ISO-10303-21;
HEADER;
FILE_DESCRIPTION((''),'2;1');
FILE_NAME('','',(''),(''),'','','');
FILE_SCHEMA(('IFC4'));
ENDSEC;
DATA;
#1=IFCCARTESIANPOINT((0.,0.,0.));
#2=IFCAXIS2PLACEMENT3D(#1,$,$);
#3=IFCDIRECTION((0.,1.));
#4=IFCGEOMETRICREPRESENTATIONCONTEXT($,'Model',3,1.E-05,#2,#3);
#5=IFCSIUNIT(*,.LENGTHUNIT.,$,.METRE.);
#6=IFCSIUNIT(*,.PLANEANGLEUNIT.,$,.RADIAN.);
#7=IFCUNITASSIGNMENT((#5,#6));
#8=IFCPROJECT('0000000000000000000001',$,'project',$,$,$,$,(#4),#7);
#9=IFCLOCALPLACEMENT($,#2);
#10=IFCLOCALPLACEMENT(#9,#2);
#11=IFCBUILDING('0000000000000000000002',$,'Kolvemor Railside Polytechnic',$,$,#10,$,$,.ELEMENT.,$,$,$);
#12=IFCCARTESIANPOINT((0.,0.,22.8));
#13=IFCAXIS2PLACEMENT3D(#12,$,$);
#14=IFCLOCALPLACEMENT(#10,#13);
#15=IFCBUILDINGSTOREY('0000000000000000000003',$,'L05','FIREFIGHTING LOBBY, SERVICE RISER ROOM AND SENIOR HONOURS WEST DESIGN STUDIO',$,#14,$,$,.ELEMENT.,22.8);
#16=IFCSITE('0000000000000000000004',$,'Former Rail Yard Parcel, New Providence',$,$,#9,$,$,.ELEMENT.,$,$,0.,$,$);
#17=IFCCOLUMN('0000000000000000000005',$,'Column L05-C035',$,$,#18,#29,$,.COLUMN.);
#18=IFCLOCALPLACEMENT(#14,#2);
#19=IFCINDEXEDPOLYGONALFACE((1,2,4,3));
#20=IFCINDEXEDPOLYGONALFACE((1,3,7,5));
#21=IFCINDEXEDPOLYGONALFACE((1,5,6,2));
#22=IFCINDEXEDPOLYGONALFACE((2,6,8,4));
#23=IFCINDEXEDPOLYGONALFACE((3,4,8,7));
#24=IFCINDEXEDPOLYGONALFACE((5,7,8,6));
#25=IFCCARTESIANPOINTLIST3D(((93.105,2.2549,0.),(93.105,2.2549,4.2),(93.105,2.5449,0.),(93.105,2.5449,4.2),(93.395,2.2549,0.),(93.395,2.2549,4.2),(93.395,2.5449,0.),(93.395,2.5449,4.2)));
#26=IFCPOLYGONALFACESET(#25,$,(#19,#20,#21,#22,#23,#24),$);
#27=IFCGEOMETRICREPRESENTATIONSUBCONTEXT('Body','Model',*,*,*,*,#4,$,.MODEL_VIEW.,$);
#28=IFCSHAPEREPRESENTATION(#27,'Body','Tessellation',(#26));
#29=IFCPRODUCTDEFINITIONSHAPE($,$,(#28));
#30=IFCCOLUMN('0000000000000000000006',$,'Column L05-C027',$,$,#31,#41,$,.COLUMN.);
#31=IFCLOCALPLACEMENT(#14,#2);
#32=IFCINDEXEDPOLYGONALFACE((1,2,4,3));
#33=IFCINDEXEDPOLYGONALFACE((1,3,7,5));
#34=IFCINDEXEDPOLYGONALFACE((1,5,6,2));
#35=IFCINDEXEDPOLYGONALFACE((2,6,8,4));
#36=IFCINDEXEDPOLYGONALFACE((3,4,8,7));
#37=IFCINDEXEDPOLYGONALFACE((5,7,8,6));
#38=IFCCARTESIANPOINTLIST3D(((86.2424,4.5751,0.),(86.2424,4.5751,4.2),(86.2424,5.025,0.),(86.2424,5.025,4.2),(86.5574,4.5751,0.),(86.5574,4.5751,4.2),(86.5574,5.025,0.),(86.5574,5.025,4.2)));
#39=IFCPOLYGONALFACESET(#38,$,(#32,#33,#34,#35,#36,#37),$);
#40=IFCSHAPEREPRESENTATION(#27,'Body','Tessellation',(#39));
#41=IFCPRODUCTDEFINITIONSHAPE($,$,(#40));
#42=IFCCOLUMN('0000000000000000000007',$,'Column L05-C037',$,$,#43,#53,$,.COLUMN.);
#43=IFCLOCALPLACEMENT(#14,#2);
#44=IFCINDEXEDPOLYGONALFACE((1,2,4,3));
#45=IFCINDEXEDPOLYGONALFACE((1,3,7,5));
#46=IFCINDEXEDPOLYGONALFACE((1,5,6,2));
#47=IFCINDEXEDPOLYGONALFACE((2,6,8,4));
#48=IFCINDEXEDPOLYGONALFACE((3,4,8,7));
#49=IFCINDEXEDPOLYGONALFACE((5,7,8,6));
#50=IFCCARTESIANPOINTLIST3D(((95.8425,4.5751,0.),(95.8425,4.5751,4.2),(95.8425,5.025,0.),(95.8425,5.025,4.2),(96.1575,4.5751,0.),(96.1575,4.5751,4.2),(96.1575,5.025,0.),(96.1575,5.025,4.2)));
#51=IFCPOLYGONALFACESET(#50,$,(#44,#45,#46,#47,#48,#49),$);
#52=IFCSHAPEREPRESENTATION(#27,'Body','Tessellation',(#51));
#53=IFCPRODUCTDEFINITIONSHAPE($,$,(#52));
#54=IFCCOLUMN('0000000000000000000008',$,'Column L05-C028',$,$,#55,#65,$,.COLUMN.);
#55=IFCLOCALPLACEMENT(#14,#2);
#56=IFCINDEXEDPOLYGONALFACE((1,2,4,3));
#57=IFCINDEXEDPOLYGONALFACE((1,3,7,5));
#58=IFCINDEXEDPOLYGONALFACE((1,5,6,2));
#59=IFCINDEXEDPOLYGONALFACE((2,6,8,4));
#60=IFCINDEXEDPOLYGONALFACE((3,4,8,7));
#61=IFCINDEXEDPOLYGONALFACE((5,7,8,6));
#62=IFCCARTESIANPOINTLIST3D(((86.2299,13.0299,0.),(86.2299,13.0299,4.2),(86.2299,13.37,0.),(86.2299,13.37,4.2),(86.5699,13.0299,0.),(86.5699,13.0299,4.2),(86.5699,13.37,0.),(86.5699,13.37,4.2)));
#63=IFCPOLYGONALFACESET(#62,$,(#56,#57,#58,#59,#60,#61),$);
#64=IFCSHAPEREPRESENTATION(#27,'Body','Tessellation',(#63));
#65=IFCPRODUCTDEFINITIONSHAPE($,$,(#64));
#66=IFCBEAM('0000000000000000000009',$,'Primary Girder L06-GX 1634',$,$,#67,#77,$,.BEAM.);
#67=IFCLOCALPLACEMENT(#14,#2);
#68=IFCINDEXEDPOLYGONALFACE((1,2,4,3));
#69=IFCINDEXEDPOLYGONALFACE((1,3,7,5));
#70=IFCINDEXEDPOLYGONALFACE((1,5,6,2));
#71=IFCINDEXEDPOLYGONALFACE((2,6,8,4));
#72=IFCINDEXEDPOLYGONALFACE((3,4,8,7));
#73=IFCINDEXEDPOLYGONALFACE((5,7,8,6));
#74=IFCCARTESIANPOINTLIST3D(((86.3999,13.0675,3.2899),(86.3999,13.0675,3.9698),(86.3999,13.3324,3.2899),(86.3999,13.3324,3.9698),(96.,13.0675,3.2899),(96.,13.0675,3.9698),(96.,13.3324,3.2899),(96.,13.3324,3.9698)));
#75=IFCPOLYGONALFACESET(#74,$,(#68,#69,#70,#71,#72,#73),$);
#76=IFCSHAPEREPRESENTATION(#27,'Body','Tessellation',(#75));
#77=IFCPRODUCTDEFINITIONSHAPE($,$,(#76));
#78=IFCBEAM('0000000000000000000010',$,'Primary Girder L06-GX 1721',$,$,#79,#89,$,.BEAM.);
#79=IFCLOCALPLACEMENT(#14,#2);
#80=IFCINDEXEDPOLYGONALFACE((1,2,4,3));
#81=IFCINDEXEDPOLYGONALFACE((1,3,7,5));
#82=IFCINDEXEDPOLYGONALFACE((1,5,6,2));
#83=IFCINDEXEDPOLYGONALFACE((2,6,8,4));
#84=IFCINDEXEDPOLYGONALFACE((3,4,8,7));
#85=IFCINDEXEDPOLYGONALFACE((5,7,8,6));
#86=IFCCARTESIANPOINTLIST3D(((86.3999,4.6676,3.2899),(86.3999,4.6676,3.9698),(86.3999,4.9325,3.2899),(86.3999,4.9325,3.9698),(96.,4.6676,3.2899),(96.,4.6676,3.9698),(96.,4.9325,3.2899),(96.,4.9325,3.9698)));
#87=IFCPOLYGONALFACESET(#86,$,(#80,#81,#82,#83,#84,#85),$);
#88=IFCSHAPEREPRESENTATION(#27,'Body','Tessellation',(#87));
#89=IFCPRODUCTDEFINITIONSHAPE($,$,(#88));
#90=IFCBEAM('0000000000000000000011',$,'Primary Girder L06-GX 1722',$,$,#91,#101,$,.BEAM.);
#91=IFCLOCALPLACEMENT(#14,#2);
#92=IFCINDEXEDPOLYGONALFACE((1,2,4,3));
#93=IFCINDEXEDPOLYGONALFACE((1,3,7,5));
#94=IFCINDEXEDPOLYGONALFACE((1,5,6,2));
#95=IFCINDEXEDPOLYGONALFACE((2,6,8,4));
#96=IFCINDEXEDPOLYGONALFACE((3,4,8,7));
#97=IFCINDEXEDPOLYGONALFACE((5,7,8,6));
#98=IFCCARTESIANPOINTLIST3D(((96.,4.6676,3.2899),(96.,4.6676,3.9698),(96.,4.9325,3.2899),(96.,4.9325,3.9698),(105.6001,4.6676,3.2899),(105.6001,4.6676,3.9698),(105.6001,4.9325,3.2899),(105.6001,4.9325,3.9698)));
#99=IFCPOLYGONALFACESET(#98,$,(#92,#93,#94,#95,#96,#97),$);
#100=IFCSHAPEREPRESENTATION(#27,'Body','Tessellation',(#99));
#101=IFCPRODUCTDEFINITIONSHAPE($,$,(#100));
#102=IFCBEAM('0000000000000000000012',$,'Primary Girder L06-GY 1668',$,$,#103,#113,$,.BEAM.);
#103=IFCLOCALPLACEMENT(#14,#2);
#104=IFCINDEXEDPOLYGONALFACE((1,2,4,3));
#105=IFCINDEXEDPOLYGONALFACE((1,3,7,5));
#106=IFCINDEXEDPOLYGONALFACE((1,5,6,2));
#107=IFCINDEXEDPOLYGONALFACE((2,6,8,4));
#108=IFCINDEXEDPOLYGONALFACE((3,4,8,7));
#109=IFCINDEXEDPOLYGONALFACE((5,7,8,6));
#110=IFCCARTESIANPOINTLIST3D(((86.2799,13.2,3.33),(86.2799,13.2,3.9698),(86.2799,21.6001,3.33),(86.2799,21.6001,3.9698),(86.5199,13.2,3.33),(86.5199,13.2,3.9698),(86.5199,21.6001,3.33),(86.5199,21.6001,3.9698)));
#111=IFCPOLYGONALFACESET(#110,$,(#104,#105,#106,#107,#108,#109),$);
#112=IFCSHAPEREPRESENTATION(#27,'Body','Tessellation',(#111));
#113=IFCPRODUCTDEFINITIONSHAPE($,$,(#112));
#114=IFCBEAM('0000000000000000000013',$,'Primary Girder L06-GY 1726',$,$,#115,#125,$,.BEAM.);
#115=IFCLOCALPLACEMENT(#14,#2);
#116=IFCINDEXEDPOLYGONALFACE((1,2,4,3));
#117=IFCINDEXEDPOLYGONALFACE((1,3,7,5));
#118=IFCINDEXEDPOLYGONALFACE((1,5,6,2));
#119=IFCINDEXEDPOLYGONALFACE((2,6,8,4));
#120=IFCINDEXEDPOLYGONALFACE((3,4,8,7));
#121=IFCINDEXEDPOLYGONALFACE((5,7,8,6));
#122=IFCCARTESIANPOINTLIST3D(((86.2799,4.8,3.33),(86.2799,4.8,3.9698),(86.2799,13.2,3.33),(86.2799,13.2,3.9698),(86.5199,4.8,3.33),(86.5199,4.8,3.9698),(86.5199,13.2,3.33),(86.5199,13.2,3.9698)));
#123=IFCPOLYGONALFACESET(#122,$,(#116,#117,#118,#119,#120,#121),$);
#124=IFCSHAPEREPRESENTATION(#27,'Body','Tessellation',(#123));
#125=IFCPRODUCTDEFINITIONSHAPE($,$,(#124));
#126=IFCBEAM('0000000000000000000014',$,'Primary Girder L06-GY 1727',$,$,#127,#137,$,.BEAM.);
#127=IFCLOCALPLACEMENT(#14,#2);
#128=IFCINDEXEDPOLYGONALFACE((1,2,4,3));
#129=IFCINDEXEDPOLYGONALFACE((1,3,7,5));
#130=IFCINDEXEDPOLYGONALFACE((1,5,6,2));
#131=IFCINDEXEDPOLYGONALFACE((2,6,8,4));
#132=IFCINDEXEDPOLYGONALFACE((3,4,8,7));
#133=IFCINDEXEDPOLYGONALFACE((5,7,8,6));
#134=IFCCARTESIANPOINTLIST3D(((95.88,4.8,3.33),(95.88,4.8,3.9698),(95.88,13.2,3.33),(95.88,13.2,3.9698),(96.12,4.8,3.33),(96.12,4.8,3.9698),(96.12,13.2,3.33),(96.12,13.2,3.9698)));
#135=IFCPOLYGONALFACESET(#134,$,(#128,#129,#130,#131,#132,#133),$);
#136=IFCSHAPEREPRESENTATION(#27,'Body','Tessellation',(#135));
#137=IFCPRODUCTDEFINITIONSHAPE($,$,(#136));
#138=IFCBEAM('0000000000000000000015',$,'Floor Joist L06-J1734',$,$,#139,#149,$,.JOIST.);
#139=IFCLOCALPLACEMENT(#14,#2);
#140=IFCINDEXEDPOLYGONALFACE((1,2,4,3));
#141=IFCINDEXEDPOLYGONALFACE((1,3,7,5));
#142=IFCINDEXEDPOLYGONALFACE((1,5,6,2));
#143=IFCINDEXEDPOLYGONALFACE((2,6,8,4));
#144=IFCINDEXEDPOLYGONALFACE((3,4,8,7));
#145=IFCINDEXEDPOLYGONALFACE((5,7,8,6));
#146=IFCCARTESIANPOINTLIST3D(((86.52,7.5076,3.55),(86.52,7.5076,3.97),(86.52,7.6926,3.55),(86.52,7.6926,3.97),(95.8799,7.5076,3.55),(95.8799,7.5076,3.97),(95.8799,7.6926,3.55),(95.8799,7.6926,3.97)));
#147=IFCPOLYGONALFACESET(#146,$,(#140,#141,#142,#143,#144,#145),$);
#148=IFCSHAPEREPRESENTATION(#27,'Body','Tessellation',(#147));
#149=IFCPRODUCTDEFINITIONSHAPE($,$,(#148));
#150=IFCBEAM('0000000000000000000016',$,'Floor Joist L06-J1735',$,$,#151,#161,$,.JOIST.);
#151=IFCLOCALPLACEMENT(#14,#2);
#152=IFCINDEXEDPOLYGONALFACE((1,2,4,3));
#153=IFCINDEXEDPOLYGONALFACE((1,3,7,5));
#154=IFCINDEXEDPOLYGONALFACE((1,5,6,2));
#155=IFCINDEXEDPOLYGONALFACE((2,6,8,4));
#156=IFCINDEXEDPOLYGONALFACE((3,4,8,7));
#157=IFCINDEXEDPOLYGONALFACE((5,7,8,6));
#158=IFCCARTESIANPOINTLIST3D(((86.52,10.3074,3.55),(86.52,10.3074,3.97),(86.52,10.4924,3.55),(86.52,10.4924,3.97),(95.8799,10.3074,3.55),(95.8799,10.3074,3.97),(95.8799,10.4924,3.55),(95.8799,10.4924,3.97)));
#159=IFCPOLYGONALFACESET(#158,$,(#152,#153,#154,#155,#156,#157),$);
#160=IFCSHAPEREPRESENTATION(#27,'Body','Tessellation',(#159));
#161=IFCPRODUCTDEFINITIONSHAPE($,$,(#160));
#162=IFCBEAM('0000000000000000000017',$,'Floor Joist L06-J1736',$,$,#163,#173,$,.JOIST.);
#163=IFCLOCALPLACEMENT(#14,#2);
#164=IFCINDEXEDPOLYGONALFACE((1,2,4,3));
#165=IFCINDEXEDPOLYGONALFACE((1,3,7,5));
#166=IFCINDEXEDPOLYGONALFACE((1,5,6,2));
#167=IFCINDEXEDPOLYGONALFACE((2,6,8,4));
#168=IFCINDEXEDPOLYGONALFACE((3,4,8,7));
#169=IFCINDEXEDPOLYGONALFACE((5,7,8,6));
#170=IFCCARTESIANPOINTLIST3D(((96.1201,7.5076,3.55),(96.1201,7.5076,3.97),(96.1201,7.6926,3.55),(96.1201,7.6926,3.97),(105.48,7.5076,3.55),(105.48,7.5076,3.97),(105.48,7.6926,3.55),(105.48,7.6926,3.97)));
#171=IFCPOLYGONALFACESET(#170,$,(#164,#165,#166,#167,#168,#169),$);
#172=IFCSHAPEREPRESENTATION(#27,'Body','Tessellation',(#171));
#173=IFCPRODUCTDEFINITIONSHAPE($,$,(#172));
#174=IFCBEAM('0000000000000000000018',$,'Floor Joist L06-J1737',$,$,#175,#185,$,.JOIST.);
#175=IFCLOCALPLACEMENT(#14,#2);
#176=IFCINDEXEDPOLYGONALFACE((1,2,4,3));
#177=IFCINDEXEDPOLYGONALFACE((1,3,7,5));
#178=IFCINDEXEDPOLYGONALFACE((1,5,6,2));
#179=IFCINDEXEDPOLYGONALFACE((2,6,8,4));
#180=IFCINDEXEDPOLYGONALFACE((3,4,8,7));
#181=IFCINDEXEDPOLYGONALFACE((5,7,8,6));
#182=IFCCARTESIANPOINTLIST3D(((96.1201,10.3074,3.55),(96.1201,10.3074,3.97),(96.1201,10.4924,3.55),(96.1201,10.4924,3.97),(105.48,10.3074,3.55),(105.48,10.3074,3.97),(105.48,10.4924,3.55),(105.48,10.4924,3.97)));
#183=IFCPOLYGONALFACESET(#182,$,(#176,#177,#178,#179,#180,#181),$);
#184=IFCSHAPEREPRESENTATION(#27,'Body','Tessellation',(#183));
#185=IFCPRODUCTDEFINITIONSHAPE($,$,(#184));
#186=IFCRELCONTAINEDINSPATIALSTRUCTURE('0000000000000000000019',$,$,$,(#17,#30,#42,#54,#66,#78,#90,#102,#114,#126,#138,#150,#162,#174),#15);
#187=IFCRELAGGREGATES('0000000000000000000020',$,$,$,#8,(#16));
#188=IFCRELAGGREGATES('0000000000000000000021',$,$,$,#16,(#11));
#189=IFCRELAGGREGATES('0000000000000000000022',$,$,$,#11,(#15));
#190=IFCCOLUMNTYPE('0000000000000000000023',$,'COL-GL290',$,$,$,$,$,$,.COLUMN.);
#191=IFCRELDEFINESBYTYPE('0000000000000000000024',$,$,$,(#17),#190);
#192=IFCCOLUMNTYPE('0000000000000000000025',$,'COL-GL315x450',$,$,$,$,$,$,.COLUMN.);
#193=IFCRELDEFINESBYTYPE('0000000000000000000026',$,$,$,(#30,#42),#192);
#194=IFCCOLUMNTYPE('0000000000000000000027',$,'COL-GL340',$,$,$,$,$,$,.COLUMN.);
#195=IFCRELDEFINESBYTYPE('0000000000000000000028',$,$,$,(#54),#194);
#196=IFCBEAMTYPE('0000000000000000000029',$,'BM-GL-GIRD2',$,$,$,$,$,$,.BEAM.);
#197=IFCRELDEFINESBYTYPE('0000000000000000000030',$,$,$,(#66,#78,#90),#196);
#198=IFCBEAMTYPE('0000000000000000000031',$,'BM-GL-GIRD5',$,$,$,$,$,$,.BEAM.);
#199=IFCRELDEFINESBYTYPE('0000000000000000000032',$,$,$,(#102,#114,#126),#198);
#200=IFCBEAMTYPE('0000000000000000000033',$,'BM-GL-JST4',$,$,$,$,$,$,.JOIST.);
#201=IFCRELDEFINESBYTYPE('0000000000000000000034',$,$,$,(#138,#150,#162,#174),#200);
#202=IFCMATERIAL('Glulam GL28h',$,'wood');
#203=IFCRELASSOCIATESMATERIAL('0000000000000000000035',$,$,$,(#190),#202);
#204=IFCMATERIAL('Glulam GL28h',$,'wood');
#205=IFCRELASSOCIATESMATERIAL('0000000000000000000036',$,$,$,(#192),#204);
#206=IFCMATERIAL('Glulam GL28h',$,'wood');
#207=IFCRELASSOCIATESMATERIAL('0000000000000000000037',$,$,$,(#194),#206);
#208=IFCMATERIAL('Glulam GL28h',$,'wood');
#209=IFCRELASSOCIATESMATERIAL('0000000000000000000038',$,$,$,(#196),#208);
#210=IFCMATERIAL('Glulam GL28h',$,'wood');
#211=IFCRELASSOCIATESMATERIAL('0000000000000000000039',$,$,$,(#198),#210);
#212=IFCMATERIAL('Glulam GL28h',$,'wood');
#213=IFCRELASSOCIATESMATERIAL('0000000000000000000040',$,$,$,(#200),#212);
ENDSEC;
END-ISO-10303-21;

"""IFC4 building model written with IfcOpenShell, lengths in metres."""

from ifc_helpers import new_model, si_unit, direction, frame, origin, origin_2d, place, context, subcontext, project, spatial, rectangle, extrude, material, material_profile, profile_set, type_object, element, save


model = new_model("IFC4")

# Units and contexts
model_context = context("Model", 3, precision=1e-05, world=origin(), true_north=direction((0.0, 1.0)))
body_context = subcontext(model_context, "Body", "Model", "MODEL_VIEW")
ifc_project = project(units=[si_unit("LENGTHUNIT", "METRE"), si_unit("PLANEANGLEUNIT", "RADIAN")], contexts=[model_context])

# Site, building, storey
site_placement = place(None, origin())
site = spatial("IfcSite", under=ifc_project, at=site_placement, Name="Former Rail Yard Parcel, New Providence", CompositionType="ELEMENT", RefElevation=0.0)
building_placement = place(site_placement, origin())
building = spatial("IfcBuilding", under=site, at=building_placement, Name="Kolvemor Railside Polytechnic", CompositionType="ELEMENT")
storey_placement = place(building_placement, frame((0.0, 0.0, 22.8)))
storey = spatial("IfcBuildingStorey", under=building, at=storey_placement, Name="L05", Description="FIREFIGHTING LOBBY, SERVICE RISER ROOM AND SENIOR HONOURS WEST DESIGN STUDIO", CompositionType="ELEMENT", Elevation=22.8)

# Columns
ifc_material_1 = material(Name="Glulam GL28h", Category="wood")
ifc_material_profile_1 = material_profile(ifc_material_1, rectangle(XDim=0.29, YDim=0.29, at=origin_2d()), Name="GL290x290")
ifc_profile_set_1 = profile_set([ifc_material_profile_1], Name="Glulam GL28h")
column_type_1 = type_object("IfcColumnType", Name="COL-GL290", PredefinedType="COLUMN", material=ifc_profile_set_1)
column_1_placement = place(storey_placement, frame((93.25, 2.3999, 0.0), z_axis=(0.0, 0.0, 1.0), x_axis=(1.0, 0.0, 0.0)))
element("IfcColumn", 1, at=column_1_placement, inside=storey, type_object=column_type_1, Name="Column L05-C035", PredefinedType="COLUMN", context=body_context, shape_type="SweptSolid", body=[
    extrude(rectangle(XDim=0.29, YDim=0.29, at=origin_2d()), origin(), (0.0, 0.0, 1.0), 4.2),
])
ifc_material_2 = material(Name="Glulam GL28h", Category="wood")
ifc_material_profile_2 = material_profile(ifc_material_2, rectangle(XDim=0.3149, YDim=0.45, at=origin_2d()), Name="GL315x450")
ifc_profile_set_2 = profile_set([ifc_material_profile_2], Name="Glulam GL28h")
column_type_2 = type_object("IfcColumnType", Name="COL-GL315x450", PredefinedType="COLUMN", material=ifc_profile_set_2)
for number, where, z_axis, x_axis, name in (
    (2, (86.3999, 4.8, 0.0), (0.0, 0.0, 1.0), (1.0, 0.0, 0.0), "Column L05-C027"),
    (3, (96.0, 4.8, 0.0), (0.0, 0.0, 1.0), (1.0, 0.0, 0.0), "Column L05-C037"),
):
    element("IfcColumn", number, at=place(storey_placement, frame(where, z_axis=z_axis, x_axis=x_axis)), inside=storey, type_object=column_type_2, Name=name, PredefinedType="COLUMN", context=body_context, shape_type="SweptSolid", body=[
        extrude(rectangle(XDim=0.3149, YDim=0.45, at=origin_2d()), origin(), (0.0, 0.0, 1.0), 4.2),
    ])
ifc_material_3 = material(Name="Glulam GL28h", Category="wood")
ifc_material_profile_3 = material_profile(ifc_material_3, rectangle(XDim=0.3401, YDim=0.3401, at=origin_2d()), Name="GL340x340")
ifc_profile_set_3 = profile_set([ifc_material_profile_3], Name="Glulam GL28h")
column_type_3 = type_object("IfcColumnType", Name="COL-GL340", PredefinedType="COLUMN", material=ifc_profile_set_3)
column_2_placement = place(storey_placement, frame((86.3999, 13.2, 0.0), z_axis=(0.0, 0.0, 1.0), x_axis=(1.0, 0.0, 0.0)))
element("IfcColumn", 4, at=column_2_placement, inside=storey, type_object=column_type_3, Name="Column L05-C028", PredefinedType="COLUMN", context=body_context, shape_type="SweptSolid", body=[
    extrude(rectangle(XDim=0.3401, YDim=0.3401, at=origin_2d()), origin(), (0.0, 0.0, 1.0), 4.2),
])

# Beams
ifc_material_4 = material(Name="Glulam GL28h", Category="wood")
ifc_material_profile_4 = material_profile(ifc_material_4, rectangle(XDim=0.2649, YDim=0.6799, at=origin_2d()), Name="GL265x680")
ifc_profile_set_4 = profile_set([ifc_material_profile_4], Name="Glulam GL28h")
beam_type_1 = type_object("IfcBeamType", Name="BM-GL-GIRD2", PredefinedType="BEAM", material=ifc_profile_set_4)
for number, where, z_axis, x_axis, name in (
    (5, (86.3999, 13.2, 3.6299), (1.0, 0.0, 0.0), (0.0, 1.0, 0.0), "Primary Girder L06-GX 1634"),
    (6, (86.3999, 4.8, 3.6299), (1.0, 0.0, 0.0), (0.0, 1.0, 0.0), "Primary Girder L06-GX 1721"),
    (7, (96.0, 4.8, 3.6299), (1.0, 0.0, 0.0), (0.0, 1.0, 0.0), "Primary Girder L06-GX 1722"),
):
    element("IfcBeam", number, at=place(storey_placement, frame(where, z_axis=z_axis, x_axis=x_axis)), inside=storey, type_object=beam_type_1, Name=name, PredefinedType="BEAM", context=body_context, shape_type="SweptSolid", body=[
        extrude(rectangle(XDim=0.2649, YDim=0.6799, at=origin_2d()), origin(), (0.0, 0.0, 1.0), 9.6001),
    ])
ifc_material_5 = material(Name="Glulam GL28h", Category="wood")
ifc_material_profile_5 = material_profile(ifc_material_5, rectangle(XDim=0.24, YDim=0.6399, at=origin_2d()), Name="GL240x640")
ifc_profile_set_5 = profile_set([ifc_material_profile_5], Name="Glulam GL28h")
beam_type_2 = type_object("IfcBeamType", Name="BM-GL-GIRD5", PredefinedType="BEAM", material=ifc_profile_set_5)
beam_1_placement = place(storey_placement, frame((86.3999, 13.2, 3.6499), z_axis=(0.0, 1.0, 0.0), x_axis=(-1.0, 0.0, 0.0)))
element("IfcBeam", 8, at=beam_1_placement, inside=storey, type_object=beam_type_2, Name="Primary Girder L06-GY 1668", PredefinedType="BEAM", context=body_context, shape_type="SweptSolid", body=[
    extrude(rectangle(XDim=0.24, YDim=0.6399, at=origin_2d()), origin(), (0.0, 0.0, 1.0), 8.4001),
])
for number, where, z_axis, x_axis, name in (
    (9, (86.3999, 4.8, 3.6499), (0.0, 1.0, 0.0), (-1.0, 0.0, 0.0), "Primary Girder L06-GY 1726"),
    (10, (96.0, 4.8, 3.6499), (0.0, 1.0, 0.0), (-1.0, 0.0, 0.0), "Primary Girder L06-GY 1727"),
):
    element("IfcBeam", number, at=place(storey_placement, frame(where, z_axis=z_axis, x_axis=x_axis)), inside=storey, type_object=beam_type_2, Name=name, PredefinedType="BEAM", context=body_context, shape_type="SweptSolid", body=[
        extrude(rectangle(XDim=0.24, YDim=0.6399, at=origin_2d()), origin(), (0.0, 0.0, 1.0), 8.3999),
    ])
ifc_material_6 = material(Name="Glulam GL28h", Category="wood")
ifc_material_profile_6 = material_profile(ifc_material_6, rectangle(XDim=0.1851, YDim=0.4199, at=origin_2d()), Name="GL185x420")
ifc_profile_set_6 = profile_set([ifc_material_profile_6], Name="Glulam GL28h")
beam_type_3 = type_object("IfcBeamType", Name="BM-GL-JST4", PredefinedType="JOIST", material=ifc_profile_set_6)
for number, where, z_axis, x_axis, name in (
    (11, (86.52, 7.6001, 3.76), (1.0, 0.0, 0.0), (0.0, 1.0, 0.0), "Floor Joist L06-J1734"),
    (12, (86.52, 10.3999, 3.76), (1.0, 0.0, 0.0), (0.0, 1.0, 0.0), "Floor Joist L06-J1735"),
    (13, (96.1201, 7.6001, 3.76), (1.0, 0.0, 0.0), (0.0, 1.0, 0.0), "Floor Joist L06-J1736"),
    (14, (96.1201, 10.3999, 3.76), (1.0, 0.0, 0.0), (0.0, 1.0, 0.0), "Floor Joist L06-J1737"),
):
    element("IfcBeam", number, at=place(storey_placement, frame(where, z_axis=z_axis, x_axis=x_axis)), inside=storey, type_object=beam_type_3, Name=name, PredefinedType="JOIST", context=body_context, shape_type="SweptSolid", body=[
        extrude(rectangle(XDim=0.1851, YDim=0.4199, at=origin_2d()), origin(), (0.0, 0.0, 1.0), 9.3599),
    ])

save(model, "model.ifc")
